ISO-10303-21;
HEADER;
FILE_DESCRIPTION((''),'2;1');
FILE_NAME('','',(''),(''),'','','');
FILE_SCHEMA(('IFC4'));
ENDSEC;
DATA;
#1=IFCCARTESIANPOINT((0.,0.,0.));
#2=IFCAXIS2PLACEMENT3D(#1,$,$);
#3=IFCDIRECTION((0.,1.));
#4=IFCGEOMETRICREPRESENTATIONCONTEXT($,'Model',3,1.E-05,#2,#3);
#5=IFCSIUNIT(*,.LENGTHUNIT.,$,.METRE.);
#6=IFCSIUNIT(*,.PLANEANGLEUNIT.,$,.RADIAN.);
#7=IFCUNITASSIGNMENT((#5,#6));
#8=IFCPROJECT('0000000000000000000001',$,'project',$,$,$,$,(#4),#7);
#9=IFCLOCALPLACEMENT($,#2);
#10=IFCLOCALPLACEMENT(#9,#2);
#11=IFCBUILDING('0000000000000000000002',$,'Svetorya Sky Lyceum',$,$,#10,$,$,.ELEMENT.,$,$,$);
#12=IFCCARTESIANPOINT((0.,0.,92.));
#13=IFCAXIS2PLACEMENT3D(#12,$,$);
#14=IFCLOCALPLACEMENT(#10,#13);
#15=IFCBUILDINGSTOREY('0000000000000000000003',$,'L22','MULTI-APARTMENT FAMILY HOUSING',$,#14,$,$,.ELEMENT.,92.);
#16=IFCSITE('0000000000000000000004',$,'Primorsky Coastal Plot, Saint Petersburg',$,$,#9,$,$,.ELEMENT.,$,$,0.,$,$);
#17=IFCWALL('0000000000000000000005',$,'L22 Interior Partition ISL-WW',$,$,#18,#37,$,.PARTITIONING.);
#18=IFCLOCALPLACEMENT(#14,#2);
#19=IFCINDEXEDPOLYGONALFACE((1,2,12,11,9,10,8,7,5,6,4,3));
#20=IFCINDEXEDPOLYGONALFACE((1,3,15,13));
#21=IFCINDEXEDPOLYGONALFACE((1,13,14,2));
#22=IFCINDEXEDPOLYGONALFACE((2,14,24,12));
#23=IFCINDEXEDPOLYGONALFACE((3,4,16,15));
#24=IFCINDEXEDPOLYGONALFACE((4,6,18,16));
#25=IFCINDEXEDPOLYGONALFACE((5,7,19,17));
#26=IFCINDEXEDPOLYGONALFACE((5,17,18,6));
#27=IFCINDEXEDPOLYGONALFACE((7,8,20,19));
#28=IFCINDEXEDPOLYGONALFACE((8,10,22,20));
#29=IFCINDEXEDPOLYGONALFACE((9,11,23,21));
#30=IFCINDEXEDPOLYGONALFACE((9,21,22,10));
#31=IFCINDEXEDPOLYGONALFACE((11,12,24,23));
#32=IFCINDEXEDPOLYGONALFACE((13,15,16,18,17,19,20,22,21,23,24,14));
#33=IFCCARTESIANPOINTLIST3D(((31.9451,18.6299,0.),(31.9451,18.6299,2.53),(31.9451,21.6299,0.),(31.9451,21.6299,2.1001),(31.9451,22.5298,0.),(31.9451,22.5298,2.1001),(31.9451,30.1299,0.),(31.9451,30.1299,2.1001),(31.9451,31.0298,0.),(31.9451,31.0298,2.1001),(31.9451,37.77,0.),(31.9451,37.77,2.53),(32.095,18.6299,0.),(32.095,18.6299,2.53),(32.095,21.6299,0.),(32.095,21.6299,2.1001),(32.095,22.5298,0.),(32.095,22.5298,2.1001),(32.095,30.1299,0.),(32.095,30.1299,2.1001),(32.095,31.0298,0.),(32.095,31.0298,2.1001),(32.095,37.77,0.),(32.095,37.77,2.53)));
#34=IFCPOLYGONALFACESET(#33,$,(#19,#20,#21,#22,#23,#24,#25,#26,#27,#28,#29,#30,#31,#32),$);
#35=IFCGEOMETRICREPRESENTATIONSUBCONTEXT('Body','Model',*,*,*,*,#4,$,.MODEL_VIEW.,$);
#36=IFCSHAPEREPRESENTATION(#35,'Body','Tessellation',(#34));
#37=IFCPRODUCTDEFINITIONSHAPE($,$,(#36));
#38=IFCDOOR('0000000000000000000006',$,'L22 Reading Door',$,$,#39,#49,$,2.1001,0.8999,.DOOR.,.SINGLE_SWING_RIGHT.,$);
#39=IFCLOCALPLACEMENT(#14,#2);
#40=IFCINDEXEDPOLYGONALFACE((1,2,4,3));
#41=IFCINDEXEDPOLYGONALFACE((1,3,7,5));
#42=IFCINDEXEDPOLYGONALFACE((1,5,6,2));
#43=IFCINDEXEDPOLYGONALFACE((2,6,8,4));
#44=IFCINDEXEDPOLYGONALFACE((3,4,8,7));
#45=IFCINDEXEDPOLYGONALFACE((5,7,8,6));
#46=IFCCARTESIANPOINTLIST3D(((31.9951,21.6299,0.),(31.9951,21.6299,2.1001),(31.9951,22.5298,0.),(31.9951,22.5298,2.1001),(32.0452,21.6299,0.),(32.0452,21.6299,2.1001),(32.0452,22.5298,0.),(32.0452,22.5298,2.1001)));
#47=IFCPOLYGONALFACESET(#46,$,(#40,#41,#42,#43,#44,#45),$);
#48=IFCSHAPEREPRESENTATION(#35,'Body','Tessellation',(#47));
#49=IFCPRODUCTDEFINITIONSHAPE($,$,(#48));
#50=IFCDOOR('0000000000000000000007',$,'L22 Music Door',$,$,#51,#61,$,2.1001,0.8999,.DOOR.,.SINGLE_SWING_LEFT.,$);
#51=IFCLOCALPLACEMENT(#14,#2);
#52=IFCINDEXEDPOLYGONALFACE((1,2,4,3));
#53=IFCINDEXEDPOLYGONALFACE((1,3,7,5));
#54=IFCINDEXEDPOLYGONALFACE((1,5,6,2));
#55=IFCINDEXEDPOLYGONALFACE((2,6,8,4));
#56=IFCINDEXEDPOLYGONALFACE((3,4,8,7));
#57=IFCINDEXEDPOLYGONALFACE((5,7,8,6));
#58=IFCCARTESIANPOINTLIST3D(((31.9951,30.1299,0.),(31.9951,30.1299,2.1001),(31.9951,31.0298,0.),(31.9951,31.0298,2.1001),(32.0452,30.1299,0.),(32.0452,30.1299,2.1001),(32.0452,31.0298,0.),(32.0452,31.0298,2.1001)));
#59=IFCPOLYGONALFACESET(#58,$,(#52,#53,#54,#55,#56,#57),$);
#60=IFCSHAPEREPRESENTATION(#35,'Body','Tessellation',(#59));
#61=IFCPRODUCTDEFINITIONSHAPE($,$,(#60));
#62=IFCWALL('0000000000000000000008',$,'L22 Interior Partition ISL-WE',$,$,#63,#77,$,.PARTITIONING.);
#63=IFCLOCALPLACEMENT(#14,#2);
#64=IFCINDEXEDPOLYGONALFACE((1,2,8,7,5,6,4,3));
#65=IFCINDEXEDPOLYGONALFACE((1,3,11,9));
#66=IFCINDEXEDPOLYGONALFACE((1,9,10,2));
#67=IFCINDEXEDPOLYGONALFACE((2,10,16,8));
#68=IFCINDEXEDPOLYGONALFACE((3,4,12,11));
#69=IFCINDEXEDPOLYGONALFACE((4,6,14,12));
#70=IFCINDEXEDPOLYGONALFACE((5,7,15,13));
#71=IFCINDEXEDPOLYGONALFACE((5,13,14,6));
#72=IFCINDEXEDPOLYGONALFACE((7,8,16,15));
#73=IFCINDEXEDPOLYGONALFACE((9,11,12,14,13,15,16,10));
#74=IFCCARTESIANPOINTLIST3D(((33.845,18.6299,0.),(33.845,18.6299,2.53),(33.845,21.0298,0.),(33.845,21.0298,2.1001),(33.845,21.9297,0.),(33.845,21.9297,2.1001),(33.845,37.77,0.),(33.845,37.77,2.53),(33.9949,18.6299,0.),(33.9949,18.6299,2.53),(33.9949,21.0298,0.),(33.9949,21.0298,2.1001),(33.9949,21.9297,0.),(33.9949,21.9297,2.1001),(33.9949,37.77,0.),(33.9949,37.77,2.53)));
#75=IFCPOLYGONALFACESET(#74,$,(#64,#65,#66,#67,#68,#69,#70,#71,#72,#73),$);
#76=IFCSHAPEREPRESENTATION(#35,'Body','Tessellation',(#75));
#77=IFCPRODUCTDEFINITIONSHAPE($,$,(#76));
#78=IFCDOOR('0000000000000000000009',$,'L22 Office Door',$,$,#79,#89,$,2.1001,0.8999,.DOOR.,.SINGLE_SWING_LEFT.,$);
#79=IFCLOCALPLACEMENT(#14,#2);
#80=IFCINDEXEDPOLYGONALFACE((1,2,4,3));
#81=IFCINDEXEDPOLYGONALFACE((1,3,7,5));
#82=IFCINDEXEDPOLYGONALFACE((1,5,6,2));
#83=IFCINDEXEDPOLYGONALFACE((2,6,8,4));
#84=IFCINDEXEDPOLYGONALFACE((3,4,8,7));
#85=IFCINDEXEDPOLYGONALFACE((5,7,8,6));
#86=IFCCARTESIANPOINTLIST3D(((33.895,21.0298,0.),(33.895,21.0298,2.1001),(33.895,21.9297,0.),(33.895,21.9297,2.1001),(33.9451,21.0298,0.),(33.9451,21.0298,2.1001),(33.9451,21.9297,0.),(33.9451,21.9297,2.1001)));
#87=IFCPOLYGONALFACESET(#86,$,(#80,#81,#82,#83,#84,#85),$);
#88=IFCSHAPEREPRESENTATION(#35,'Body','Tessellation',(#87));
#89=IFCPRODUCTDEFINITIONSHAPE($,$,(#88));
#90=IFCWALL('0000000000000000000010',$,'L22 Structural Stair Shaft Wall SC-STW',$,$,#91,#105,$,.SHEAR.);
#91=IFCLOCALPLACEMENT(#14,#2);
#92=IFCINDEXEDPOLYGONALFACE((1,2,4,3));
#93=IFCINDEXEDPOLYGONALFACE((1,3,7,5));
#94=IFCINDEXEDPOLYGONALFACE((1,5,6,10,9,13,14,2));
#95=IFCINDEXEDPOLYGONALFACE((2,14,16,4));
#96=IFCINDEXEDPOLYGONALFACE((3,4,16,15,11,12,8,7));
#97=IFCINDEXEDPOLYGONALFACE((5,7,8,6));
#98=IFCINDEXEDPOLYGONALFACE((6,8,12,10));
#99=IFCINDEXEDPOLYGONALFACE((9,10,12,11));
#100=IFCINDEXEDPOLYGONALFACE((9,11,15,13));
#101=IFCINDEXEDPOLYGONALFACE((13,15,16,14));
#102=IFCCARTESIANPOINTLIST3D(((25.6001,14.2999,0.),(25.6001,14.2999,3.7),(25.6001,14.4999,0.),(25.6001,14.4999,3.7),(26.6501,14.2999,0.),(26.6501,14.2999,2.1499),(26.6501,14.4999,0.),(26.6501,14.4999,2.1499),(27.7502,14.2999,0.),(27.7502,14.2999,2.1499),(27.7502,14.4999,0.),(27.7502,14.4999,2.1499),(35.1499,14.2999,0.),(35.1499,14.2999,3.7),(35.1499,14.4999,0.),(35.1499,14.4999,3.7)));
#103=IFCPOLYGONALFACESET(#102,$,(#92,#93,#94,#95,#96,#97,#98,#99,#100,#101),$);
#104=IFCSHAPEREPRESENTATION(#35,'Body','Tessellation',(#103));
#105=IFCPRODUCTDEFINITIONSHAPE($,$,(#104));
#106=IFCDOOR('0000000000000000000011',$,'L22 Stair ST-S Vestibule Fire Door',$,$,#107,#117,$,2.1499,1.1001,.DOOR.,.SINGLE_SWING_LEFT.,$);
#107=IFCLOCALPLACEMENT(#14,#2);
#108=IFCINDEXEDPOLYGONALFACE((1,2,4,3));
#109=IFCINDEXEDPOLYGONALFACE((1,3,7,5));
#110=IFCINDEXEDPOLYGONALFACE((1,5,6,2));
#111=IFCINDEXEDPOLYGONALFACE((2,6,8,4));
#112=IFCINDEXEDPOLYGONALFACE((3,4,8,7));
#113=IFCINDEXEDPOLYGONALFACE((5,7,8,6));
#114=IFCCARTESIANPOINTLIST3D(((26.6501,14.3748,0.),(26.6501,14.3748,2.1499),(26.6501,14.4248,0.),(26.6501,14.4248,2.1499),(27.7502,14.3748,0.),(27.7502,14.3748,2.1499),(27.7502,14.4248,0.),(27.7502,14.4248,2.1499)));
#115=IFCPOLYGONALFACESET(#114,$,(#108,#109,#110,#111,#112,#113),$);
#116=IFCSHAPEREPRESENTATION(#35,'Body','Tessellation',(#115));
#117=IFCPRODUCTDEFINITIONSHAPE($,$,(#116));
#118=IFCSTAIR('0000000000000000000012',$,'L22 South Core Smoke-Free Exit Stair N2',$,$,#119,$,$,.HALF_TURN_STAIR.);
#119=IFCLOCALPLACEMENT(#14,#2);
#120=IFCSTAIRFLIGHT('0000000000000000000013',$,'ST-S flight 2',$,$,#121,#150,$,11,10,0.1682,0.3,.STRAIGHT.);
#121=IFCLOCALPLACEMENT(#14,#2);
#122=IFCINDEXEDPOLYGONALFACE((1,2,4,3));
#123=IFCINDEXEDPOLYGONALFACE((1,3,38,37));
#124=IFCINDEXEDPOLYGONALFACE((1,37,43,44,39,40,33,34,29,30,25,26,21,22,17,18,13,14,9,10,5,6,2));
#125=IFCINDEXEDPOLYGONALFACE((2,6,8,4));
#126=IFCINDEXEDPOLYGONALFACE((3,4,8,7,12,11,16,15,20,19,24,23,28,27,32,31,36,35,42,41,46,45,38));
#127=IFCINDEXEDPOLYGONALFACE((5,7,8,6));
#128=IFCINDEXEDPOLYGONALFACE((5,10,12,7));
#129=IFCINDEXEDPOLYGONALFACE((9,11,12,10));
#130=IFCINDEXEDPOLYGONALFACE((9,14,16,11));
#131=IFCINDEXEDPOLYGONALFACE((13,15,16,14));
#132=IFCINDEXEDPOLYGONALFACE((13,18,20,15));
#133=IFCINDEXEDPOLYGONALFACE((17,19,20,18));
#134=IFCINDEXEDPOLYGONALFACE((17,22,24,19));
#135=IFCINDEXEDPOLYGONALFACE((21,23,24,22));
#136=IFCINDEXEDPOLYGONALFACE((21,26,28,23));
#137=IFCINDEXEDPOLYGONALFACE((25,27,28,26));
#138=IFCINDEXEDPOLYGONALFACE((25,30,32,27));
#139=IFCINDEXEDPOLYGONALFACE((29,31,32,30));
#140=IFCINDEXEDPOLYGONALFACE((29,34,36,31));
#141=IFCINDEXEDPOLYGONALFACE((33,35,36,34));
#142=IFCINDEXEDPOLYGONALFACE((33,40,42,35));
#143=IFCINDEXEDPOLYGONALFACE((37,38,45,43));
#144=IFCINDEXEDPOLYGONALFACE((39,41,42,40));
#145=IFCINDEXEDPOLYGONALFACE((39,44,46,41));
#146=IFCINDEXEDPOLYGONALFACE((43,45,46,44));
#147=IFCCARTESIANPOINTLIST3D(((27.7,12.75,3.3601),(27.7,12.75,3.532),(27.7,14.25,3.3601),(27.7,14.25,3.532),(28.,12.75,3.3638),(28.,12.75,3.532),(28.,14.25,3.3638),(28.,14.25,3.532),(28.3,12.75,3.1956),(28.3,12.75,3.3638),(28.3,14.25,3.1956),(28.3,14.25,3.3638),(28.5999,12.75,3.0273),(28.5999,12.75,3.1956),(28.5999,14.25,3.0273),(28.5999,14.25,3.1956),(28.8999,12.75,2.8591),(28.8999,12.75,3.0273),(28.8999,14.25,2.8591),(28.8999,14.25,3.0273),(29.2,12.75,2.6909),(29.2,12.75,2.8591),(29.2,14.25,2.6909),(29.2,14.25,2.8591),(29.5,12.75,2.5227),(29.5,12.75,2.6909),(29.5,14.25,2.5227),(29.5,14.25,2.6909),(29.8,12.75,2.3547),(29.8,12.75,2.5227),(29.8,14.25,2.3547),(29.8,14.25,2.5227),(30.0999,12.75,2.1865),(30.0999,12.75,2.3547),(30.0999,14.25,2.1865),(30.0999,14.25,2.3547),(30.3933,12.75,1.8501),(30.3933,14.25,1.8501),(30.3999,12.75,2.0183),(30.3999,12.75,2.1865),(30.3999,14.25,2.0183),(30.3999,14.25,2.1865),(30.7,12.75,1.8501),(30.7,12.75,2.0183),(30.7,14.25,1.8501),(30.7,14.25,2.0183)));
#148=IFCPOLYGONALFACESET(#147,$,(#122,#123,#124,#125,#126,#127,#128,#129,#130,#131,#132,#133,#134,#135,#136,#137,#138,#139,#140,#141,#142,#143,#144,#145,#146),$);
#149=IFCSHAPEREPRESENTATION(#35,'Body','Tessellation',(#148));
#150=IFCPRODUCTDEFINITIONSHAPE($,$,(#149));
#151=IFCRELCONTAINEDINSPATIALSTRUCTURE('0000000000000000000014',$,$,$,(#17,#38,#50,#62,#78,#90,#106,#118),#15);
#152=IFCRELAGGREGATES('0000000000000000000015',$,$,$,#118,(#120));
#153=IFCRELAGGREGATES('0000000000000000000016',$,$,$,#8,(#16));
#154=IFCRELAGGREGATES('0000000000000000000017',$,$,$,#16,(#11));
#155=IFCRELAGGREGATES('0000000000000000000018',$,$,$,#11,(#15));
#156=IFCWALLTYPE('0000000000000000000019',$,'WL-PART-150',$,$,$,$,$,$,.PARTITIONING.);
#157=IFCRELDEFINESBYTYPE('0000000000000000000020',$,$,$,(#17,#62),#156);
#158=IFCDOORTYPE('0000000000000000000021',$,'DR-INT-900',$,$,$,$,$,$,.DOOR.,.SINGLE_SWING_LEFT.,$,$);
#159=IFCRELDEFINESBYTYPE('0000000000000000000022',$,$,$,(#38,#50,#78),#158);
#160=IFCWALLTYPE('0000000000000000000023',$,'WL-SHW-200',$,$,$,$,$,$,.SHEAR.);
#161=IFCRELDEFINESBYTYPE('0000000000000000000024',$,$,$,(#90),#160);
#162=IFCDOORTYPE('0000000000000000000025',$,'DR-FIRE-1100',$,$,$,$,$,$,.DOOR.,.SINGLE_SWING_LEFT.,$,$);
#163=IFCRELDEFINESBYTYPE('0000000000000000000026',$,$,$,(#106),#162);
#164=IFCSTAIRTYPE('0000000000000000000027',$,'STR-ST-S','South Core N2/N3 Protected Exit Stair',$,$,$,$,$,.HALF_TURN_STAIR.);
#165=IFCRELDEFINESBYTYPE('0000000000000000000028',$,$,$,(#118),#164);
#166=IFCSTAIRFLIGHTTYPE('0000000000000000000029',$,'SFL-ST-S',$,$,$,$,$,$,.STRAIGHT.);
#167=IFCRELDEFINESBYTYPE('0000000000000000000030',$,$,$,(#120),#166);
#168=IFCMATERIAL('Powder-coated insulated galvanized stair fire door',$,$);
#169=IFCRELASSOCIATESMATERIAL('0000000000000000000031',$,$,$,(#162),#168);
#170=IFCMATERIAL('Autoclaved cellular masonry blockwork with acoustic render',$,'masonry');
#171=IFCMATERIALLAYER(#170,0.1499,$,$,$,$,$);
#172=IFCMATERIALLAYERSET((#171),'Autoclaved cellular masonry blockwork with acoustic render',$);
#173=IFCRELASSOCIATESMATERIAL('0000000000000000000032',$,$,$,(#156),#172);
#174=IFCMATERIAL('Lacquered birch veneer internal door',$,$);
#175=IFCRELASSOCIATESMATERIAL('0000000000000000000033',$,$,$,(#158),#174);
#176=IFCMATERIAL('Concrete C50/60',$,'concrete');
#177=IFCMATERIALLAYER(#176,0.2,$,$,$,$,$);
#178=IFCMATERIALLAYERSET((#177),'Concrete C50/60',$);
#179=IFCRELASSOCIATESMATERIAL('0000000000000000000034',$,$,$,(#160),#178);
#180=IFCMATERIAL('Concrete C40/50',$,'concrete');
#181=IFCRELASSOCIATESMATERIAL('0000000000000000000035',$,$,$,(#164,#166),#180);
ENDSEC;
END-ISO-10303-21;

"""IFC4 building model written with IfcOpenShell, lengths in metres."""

from ifc_helpers import new_model, si_unit, direction, frame, frame_2d, origin, place, context, subcontext, project, spatial, polyline, rectangle, outline, extrude, material, layer, layer_set, type_object, element, fill, aggregate, save


model = new_model("IFC4")

# Units and contexts
model_context = context("Model", 3, precision=1e-05, world=origin(), true_north=direction((0.0, 1.0)))
body_context = subcontext(model_context, "Body", "Model", "MODEL_VIEW")
ifc_project = project(units=[si_unit("LENGTHUNIT", "METRE"), si_unit("PLANEANGLEUNIT", "RADIAN")], contexts=[model_context])

# Site, building, storey
site_placement = place(None, origin())
site = spatial("IfcSite", under=ifc_project, at=site_placement, Name="Primorsky Coastal Plot, Saint Petersburg", CompositionType="ELEMENT", RefElevation=0.0)
building_placement = place(site_placement, origin())
building = spatial("IfcBuilding", under=site, at=building_placement, Name="Svetorya Sky Lyceum", CompositionType="ELEMENT")
storey_placement = place(building_placement, frame((0.0, 0.0, 92.0)))
storey = spatial("IfcBuildingStorey", under=building, at=storey_placement, Name="L22", Description="MULTI-APARTMENT FAMILY HOUSING", CompositionType="ELEMENT", Elevation=92.0)

# Shared definitions
ifc_material_1 = material(Name="Concrete C50/60", Category="concrete")

# Shared definitions
ifc_material_2 = material(Name="Powder-coated insulated galvanized stair fire door")
door_type_1 = type_object("IfcDoorType", Name="DR-FIRE-1100", OperationType="SINGLE_SWING_LEFT", PredefinedType="DOOR", material=ifc_material_2)

# Shared definitions
ifc_material_3 = material(Name="Autoclaved cellular masonry blockwork with acoustic render", Category="masonry")
ifc_layer_1 = layer(ifc_material_3, 0.1499)
ifc_layer_set_1 = layer_set([ifc_layer_1], Name="Autoclaved cellular masonry blockwork with acoustic render")
wall_type_1 = type_object("IfcWallType", Name="WL-PART-150", PredefinedType="PARTITIONING", material=ifc_layer_set_1)

# Wall, openings, doors
wall_1_placement = place(storey_placement, frame((32.02, 18.6299, 0.0), z_axis=(0.0, 0.0, 1.0), x_axis=(0.0, 1.0, 0.0)))
wall_1 = element("IfcWall", 1, at=wall_1_placement, inside=storey, type_object=wall_type_1, Name="L22 Interior Partition ISL-WW", PredefinedType="PARTITIONING", context=body_context, shape_type="SweptSolid", body=[
    extrude(rectangle(XDim=19.1401, YDim=0.1499, at=frame_2d((9.5701, 0.0))), origin(), (0.0, 0.0, 1.0), 2.53),
])
opening_1_placement = place(wall_1_placement, frame((3.0, 0.0, 0.0)))
opening_1 = element("IfcOpeningElement", 2, at=opening_1_placement, cuts=wall_1, PredefinedType="OPENING", context=body_context, shape_type="SweptSolid", body=[
    extrude(rectangle(XDim=0.8999, YDim=2.1001, at=frame_2d((0.45, 1.05))), frame((0.0, 0.085, 0.0), z_axis=(0.0, -1.0, 0.0), x_axis=(1.0, 0.0, 0.0)), (0.0, 0.0, 1.0), 0.1699),
])
opening_2_placement = place(wall_1_placement, frame((11.5, 0.0, 0.0)))
opening_2 = element("IfcOpeningElement", 3, at=opening_2_placement, cuts=wall_1, PredefinedType="OPENING", context=body_context, shape_type="SweptSolid", body=[
    extrude(rectangle(XDim=0.8999, YDim=2.1001, at=frame_2d((0.45, 1.05))), frame((0.0, 0.085, 0.0), z_axis=(0.0, -1.0, 0.0), x_axis=(1.0, 0.0, 0.0)), (0.0, 0.0, 1.0), 0.1699),
])
ifc_material_4 = material(Name="Lacquered birch veneer internal door")
door_type_2 = type_object("IfcDoorType", Name="DR-INT-900", OperationType="SINGLE_SWING_LEFT", PredefinedType="DOOR", material=ifc_material_4)
door_1_placement = place(opening_1_placement, origin())
door_1 = element("IfcDoor", 4, at=door_1_placement, inside=storey, type_object=door_type_2, Name="L22 Reading Door", OperationType="SINGLE_SWING_RIGHT", OverallHeight=2.1001, OverallWidth=0.8999, PredefinedType="DOOR", context=body_context, shape_type="SweptSolid", body=[
    extrude(rectangle(XDim=0.8999, YDim=2.1001, at=frame_2d((0.45, 1.05))), frame((0.0, 0.0249, 0.0), z_axis=(0.0, -1.0, 0.0), x_axis=(1.0, 0.0, 0.0)), (0.0, 0.0, 1.0), 0.05),
])
fill(opening_1, door_1)
door_2_placement = place(opening_2_placement, origin())
door_2 = element("IfcDoor", 5, at=door_2_placement, inside=storey, type_object=door_type_2, Name="L22 Music Door", OperationType="SINGLE_SWING_LEFT", OverallHeight=2.1001, OverallWidth=0.8999, PredefinedType="DOOR", context=body_context, shape_type="SweptSolid", body=[
    extrude(rectangle(XDim=0.8999, YDim=2.1001, at=frame_2d((0.45, 1.05))), frame((0.0, 0.0249, 0.0), z_axis=(0.0, -1.0, 0.0), x_axis=(1.0, 0.0, 0.0)), (0.0, 0.0, 1.0), 0.05),
])
fill(opening_2, door_2)

# Walls, openings, doors
wall_2_placement = place(storey_placement, frame((33.9199, 18.6299, 0.0), z_axis=(0.0, 0.0, 1.0), x_axis=(0.0, 1.0, 0.0)))
wall_2 = element("IfcWall", 6, at=wall_2_placement, inside=storey, type_object=wall_type_1, Name="L22 Interior Partition ISL-WE", PredefinedType="PARTITIONING", context=body_context, shape_type="SweptSolid", body=[
    extrude(rectangle(XDim=19.1401, YDim=0.1499, at=frame_2d((9.5701, 0.0))), origin(), (0.0, 0.0, 1.0), 2.53),
])
opening_3_placement = place(wall_2_placement, frame((2.3999, 0.0, 0.0)))
opening_3 = element("IfcOpeningElement", 7, at=opening_3_placement, cuts=wall_2, PredefinedType="OPENING", context=body_context, shape_type="SweptSolid", body=[
    extrude(rectangle(XDim=0.8999, YDim=2.1001, at=frame_2d((0.45, 1.05))), frame((0.0, 0.085, 0.0), z_axis=(0.0, -1.0, 0.0), x_axis=(1.0, 0.0, 0.0)), (0.0, 0.0, 1.0), 0.1699),
])
door_3_placement = place(opening_3_placement, origin())
door_3 = element("IfcDoor", 8, at=door_3_placement, inside=storey, type_object=door_type_2, Name="L22 Office Door", OperationType="SINGLE_SWING_LEFT", OverallHeight=2.1001, OverallWidth=0.8999, PredefinedType="DOOR", context=body_context, shape_type="SweptSolid", body=[
    extrude(rectangle(XDim=0.8999, YDim=2.1001, at=frame_2d((0.45, 1.05))), frame((0.0, 0.0249, 0.0), z_axis=(0.0, -1.0, 0.0), x_axis=(1.0, 0.0, 0.0)), (0.0, 0.0, 1.0), 0.05),
])
fill(opening_3, door_3)
ifc_layer_2 = layer(ifc_material_1, 0.2)
ifc_layer_set_2 = layer_set([ifc_layer_2], Name="Concrete C50/60")
wall_type_2 = type_object("IfcWallType", Name="WL-SHW-200", PredefinedType="SHEAR", material=ifc_layer_set_2)
wall_3_placement = place(storey_placement, frame((25.6001, 14.3999, 0.0), z_axis=(0.0, 0.0, 1.0), x_axis=(1.0, 0.0, 0.0)))
wall_3 = element("IfcWall", 9, at=wall_3_placement, inside=storey, type_object=wall_type_2, Name="L22 Structural Stair Shaft Wall SC-STW", PredefinedType="SHEAR", context=body_context, shape_type="SweptSolid", body=[
    extrude(rectangle(XDim=9.5498, YDim=0.2, at=frame_2d((4.7749, 0.0))), origin(), (0.0, 0.0, 1.0), 3.7),
])
opening_4_placement = place(wall_3_placement, frame((1.05, 0.0, 0.0)))
opening_4 = element("IfcOpeningElement", 10, at=opening_4_placement, cuts=wall_3, PredefinedType="OPENING", context=body_context, shape_type="SweptSolid", body=[
    extrude(rectangle(XDim=1.1001, YDim=2.1499, at=frame_2d((0.55, 1.075))), frame((0.0, 0.1099, 0.0), z_axis=(0.0, -1.0, 0.0), x_axis=(1.0, 0.0, 0.0)), (0.0, 0.0, 1.0), 0.22),
])
door_4_placement = place(opening_4_placement, origin())
door_4 = element("IfcDoor", 11, at=door_4_placement, inside=storey, type_object=door_type_1, Name="L22 Stair ST-S Vestibule Fire Door", OperationType="SINGLE_SWING_LEFT", OverallHeight=2.1499, OverallWidth=1.1001, PredefinedType="DOOR", context=body_context, shape_type="SweptSolid", body=[
    extrude(rectangle(XDim=1.1001, YDim=2.1499, at=frame_2d((0.55, 1.075))), frame((0.0, 0.0249, 0.0), z_axis=(0.0, -1.0, 0.0), x_axis=(1.0, 0.0, 0.0)), (0.0, 0.0, 1.0), 0.05),
])
fill(opening_4, door_4)

# Stair, stair flight
ifc_material_5 = material(Name="Concrete C40/50", Category="concrete")
stair_type = type_object("IfcStairType", Name="STR-ST-S", Description="South Core N2/N3 Protected Exit Stair", PredefinedType="HALF_TURN_STAIR", material=ifc_material_5)
stair_placement = place(storey_placement, origin())
stair = element("IfcStair", 12, at=stair_placement, inside=storey, type_object=stair_type, Name="L22 South Core Smoke-Free Exit Stair N2", PredefinedType="HALF_TURN_STAIR")
stair_flight_type = type_object("IfcStairFlightType", Name="SFL-ST-S", PredefinedType="STRAIGHT", material=ifc_material_5)
stair_flight_placement = place(storey_placement, frame((30.7, 13.5, 1.8501), z_axis=(0.0, 0.0, 1.0), x_axis=(-1.0, 0.0, 0.0)))
stair_flight = element("IfcStairFlight", 13, at=stair_flight_placement, type_object=stair_flight_type, Name="ST-S flight 2", NumberOfRisers=11, NumberOfTreads=10, PredefinedType="STRAIGHT", RiserHeight=0.1682, TreadLength=0.3, context=body_context, shape_type="SweptSolid", body=[
    extrude(outline(polyline([(0.0, 0.0), (0.0, 0.1682), (0.3, 0.1682), (0.3, 0.3364), (0.6001, 0.3364), (0.6001, 0.5046), (0.8999, 0.5046), (0.8999, 0.6726), (1.2, 0.6726), (1.2, 0.8408), (1.5, 0.8408), (1.5, 1.009), (1.8, 1.009), (1.8, 1.1772), (2.1001, 1.1772), (2.1001, 1.3455), (2.3999, 1.3455), (2.3999, 1.5137), (2.7, 1.5137), (2.7, 1.6819), (3.0, 1.6819), (3.0, 1.8501), (3.0, 1.51), (0.3066, 0.0), (0.0, 0.0)])), frame((0.0, 0.75, 0.0), z_axis=(0.0, -1.0, 0.0), x_axis=(1.0, 0.0, 0.0)), (0.0, 0.0, 1.0), 1.5),
])
aggregate(stair, [stair_flight])

save(model, "model.ifc")
